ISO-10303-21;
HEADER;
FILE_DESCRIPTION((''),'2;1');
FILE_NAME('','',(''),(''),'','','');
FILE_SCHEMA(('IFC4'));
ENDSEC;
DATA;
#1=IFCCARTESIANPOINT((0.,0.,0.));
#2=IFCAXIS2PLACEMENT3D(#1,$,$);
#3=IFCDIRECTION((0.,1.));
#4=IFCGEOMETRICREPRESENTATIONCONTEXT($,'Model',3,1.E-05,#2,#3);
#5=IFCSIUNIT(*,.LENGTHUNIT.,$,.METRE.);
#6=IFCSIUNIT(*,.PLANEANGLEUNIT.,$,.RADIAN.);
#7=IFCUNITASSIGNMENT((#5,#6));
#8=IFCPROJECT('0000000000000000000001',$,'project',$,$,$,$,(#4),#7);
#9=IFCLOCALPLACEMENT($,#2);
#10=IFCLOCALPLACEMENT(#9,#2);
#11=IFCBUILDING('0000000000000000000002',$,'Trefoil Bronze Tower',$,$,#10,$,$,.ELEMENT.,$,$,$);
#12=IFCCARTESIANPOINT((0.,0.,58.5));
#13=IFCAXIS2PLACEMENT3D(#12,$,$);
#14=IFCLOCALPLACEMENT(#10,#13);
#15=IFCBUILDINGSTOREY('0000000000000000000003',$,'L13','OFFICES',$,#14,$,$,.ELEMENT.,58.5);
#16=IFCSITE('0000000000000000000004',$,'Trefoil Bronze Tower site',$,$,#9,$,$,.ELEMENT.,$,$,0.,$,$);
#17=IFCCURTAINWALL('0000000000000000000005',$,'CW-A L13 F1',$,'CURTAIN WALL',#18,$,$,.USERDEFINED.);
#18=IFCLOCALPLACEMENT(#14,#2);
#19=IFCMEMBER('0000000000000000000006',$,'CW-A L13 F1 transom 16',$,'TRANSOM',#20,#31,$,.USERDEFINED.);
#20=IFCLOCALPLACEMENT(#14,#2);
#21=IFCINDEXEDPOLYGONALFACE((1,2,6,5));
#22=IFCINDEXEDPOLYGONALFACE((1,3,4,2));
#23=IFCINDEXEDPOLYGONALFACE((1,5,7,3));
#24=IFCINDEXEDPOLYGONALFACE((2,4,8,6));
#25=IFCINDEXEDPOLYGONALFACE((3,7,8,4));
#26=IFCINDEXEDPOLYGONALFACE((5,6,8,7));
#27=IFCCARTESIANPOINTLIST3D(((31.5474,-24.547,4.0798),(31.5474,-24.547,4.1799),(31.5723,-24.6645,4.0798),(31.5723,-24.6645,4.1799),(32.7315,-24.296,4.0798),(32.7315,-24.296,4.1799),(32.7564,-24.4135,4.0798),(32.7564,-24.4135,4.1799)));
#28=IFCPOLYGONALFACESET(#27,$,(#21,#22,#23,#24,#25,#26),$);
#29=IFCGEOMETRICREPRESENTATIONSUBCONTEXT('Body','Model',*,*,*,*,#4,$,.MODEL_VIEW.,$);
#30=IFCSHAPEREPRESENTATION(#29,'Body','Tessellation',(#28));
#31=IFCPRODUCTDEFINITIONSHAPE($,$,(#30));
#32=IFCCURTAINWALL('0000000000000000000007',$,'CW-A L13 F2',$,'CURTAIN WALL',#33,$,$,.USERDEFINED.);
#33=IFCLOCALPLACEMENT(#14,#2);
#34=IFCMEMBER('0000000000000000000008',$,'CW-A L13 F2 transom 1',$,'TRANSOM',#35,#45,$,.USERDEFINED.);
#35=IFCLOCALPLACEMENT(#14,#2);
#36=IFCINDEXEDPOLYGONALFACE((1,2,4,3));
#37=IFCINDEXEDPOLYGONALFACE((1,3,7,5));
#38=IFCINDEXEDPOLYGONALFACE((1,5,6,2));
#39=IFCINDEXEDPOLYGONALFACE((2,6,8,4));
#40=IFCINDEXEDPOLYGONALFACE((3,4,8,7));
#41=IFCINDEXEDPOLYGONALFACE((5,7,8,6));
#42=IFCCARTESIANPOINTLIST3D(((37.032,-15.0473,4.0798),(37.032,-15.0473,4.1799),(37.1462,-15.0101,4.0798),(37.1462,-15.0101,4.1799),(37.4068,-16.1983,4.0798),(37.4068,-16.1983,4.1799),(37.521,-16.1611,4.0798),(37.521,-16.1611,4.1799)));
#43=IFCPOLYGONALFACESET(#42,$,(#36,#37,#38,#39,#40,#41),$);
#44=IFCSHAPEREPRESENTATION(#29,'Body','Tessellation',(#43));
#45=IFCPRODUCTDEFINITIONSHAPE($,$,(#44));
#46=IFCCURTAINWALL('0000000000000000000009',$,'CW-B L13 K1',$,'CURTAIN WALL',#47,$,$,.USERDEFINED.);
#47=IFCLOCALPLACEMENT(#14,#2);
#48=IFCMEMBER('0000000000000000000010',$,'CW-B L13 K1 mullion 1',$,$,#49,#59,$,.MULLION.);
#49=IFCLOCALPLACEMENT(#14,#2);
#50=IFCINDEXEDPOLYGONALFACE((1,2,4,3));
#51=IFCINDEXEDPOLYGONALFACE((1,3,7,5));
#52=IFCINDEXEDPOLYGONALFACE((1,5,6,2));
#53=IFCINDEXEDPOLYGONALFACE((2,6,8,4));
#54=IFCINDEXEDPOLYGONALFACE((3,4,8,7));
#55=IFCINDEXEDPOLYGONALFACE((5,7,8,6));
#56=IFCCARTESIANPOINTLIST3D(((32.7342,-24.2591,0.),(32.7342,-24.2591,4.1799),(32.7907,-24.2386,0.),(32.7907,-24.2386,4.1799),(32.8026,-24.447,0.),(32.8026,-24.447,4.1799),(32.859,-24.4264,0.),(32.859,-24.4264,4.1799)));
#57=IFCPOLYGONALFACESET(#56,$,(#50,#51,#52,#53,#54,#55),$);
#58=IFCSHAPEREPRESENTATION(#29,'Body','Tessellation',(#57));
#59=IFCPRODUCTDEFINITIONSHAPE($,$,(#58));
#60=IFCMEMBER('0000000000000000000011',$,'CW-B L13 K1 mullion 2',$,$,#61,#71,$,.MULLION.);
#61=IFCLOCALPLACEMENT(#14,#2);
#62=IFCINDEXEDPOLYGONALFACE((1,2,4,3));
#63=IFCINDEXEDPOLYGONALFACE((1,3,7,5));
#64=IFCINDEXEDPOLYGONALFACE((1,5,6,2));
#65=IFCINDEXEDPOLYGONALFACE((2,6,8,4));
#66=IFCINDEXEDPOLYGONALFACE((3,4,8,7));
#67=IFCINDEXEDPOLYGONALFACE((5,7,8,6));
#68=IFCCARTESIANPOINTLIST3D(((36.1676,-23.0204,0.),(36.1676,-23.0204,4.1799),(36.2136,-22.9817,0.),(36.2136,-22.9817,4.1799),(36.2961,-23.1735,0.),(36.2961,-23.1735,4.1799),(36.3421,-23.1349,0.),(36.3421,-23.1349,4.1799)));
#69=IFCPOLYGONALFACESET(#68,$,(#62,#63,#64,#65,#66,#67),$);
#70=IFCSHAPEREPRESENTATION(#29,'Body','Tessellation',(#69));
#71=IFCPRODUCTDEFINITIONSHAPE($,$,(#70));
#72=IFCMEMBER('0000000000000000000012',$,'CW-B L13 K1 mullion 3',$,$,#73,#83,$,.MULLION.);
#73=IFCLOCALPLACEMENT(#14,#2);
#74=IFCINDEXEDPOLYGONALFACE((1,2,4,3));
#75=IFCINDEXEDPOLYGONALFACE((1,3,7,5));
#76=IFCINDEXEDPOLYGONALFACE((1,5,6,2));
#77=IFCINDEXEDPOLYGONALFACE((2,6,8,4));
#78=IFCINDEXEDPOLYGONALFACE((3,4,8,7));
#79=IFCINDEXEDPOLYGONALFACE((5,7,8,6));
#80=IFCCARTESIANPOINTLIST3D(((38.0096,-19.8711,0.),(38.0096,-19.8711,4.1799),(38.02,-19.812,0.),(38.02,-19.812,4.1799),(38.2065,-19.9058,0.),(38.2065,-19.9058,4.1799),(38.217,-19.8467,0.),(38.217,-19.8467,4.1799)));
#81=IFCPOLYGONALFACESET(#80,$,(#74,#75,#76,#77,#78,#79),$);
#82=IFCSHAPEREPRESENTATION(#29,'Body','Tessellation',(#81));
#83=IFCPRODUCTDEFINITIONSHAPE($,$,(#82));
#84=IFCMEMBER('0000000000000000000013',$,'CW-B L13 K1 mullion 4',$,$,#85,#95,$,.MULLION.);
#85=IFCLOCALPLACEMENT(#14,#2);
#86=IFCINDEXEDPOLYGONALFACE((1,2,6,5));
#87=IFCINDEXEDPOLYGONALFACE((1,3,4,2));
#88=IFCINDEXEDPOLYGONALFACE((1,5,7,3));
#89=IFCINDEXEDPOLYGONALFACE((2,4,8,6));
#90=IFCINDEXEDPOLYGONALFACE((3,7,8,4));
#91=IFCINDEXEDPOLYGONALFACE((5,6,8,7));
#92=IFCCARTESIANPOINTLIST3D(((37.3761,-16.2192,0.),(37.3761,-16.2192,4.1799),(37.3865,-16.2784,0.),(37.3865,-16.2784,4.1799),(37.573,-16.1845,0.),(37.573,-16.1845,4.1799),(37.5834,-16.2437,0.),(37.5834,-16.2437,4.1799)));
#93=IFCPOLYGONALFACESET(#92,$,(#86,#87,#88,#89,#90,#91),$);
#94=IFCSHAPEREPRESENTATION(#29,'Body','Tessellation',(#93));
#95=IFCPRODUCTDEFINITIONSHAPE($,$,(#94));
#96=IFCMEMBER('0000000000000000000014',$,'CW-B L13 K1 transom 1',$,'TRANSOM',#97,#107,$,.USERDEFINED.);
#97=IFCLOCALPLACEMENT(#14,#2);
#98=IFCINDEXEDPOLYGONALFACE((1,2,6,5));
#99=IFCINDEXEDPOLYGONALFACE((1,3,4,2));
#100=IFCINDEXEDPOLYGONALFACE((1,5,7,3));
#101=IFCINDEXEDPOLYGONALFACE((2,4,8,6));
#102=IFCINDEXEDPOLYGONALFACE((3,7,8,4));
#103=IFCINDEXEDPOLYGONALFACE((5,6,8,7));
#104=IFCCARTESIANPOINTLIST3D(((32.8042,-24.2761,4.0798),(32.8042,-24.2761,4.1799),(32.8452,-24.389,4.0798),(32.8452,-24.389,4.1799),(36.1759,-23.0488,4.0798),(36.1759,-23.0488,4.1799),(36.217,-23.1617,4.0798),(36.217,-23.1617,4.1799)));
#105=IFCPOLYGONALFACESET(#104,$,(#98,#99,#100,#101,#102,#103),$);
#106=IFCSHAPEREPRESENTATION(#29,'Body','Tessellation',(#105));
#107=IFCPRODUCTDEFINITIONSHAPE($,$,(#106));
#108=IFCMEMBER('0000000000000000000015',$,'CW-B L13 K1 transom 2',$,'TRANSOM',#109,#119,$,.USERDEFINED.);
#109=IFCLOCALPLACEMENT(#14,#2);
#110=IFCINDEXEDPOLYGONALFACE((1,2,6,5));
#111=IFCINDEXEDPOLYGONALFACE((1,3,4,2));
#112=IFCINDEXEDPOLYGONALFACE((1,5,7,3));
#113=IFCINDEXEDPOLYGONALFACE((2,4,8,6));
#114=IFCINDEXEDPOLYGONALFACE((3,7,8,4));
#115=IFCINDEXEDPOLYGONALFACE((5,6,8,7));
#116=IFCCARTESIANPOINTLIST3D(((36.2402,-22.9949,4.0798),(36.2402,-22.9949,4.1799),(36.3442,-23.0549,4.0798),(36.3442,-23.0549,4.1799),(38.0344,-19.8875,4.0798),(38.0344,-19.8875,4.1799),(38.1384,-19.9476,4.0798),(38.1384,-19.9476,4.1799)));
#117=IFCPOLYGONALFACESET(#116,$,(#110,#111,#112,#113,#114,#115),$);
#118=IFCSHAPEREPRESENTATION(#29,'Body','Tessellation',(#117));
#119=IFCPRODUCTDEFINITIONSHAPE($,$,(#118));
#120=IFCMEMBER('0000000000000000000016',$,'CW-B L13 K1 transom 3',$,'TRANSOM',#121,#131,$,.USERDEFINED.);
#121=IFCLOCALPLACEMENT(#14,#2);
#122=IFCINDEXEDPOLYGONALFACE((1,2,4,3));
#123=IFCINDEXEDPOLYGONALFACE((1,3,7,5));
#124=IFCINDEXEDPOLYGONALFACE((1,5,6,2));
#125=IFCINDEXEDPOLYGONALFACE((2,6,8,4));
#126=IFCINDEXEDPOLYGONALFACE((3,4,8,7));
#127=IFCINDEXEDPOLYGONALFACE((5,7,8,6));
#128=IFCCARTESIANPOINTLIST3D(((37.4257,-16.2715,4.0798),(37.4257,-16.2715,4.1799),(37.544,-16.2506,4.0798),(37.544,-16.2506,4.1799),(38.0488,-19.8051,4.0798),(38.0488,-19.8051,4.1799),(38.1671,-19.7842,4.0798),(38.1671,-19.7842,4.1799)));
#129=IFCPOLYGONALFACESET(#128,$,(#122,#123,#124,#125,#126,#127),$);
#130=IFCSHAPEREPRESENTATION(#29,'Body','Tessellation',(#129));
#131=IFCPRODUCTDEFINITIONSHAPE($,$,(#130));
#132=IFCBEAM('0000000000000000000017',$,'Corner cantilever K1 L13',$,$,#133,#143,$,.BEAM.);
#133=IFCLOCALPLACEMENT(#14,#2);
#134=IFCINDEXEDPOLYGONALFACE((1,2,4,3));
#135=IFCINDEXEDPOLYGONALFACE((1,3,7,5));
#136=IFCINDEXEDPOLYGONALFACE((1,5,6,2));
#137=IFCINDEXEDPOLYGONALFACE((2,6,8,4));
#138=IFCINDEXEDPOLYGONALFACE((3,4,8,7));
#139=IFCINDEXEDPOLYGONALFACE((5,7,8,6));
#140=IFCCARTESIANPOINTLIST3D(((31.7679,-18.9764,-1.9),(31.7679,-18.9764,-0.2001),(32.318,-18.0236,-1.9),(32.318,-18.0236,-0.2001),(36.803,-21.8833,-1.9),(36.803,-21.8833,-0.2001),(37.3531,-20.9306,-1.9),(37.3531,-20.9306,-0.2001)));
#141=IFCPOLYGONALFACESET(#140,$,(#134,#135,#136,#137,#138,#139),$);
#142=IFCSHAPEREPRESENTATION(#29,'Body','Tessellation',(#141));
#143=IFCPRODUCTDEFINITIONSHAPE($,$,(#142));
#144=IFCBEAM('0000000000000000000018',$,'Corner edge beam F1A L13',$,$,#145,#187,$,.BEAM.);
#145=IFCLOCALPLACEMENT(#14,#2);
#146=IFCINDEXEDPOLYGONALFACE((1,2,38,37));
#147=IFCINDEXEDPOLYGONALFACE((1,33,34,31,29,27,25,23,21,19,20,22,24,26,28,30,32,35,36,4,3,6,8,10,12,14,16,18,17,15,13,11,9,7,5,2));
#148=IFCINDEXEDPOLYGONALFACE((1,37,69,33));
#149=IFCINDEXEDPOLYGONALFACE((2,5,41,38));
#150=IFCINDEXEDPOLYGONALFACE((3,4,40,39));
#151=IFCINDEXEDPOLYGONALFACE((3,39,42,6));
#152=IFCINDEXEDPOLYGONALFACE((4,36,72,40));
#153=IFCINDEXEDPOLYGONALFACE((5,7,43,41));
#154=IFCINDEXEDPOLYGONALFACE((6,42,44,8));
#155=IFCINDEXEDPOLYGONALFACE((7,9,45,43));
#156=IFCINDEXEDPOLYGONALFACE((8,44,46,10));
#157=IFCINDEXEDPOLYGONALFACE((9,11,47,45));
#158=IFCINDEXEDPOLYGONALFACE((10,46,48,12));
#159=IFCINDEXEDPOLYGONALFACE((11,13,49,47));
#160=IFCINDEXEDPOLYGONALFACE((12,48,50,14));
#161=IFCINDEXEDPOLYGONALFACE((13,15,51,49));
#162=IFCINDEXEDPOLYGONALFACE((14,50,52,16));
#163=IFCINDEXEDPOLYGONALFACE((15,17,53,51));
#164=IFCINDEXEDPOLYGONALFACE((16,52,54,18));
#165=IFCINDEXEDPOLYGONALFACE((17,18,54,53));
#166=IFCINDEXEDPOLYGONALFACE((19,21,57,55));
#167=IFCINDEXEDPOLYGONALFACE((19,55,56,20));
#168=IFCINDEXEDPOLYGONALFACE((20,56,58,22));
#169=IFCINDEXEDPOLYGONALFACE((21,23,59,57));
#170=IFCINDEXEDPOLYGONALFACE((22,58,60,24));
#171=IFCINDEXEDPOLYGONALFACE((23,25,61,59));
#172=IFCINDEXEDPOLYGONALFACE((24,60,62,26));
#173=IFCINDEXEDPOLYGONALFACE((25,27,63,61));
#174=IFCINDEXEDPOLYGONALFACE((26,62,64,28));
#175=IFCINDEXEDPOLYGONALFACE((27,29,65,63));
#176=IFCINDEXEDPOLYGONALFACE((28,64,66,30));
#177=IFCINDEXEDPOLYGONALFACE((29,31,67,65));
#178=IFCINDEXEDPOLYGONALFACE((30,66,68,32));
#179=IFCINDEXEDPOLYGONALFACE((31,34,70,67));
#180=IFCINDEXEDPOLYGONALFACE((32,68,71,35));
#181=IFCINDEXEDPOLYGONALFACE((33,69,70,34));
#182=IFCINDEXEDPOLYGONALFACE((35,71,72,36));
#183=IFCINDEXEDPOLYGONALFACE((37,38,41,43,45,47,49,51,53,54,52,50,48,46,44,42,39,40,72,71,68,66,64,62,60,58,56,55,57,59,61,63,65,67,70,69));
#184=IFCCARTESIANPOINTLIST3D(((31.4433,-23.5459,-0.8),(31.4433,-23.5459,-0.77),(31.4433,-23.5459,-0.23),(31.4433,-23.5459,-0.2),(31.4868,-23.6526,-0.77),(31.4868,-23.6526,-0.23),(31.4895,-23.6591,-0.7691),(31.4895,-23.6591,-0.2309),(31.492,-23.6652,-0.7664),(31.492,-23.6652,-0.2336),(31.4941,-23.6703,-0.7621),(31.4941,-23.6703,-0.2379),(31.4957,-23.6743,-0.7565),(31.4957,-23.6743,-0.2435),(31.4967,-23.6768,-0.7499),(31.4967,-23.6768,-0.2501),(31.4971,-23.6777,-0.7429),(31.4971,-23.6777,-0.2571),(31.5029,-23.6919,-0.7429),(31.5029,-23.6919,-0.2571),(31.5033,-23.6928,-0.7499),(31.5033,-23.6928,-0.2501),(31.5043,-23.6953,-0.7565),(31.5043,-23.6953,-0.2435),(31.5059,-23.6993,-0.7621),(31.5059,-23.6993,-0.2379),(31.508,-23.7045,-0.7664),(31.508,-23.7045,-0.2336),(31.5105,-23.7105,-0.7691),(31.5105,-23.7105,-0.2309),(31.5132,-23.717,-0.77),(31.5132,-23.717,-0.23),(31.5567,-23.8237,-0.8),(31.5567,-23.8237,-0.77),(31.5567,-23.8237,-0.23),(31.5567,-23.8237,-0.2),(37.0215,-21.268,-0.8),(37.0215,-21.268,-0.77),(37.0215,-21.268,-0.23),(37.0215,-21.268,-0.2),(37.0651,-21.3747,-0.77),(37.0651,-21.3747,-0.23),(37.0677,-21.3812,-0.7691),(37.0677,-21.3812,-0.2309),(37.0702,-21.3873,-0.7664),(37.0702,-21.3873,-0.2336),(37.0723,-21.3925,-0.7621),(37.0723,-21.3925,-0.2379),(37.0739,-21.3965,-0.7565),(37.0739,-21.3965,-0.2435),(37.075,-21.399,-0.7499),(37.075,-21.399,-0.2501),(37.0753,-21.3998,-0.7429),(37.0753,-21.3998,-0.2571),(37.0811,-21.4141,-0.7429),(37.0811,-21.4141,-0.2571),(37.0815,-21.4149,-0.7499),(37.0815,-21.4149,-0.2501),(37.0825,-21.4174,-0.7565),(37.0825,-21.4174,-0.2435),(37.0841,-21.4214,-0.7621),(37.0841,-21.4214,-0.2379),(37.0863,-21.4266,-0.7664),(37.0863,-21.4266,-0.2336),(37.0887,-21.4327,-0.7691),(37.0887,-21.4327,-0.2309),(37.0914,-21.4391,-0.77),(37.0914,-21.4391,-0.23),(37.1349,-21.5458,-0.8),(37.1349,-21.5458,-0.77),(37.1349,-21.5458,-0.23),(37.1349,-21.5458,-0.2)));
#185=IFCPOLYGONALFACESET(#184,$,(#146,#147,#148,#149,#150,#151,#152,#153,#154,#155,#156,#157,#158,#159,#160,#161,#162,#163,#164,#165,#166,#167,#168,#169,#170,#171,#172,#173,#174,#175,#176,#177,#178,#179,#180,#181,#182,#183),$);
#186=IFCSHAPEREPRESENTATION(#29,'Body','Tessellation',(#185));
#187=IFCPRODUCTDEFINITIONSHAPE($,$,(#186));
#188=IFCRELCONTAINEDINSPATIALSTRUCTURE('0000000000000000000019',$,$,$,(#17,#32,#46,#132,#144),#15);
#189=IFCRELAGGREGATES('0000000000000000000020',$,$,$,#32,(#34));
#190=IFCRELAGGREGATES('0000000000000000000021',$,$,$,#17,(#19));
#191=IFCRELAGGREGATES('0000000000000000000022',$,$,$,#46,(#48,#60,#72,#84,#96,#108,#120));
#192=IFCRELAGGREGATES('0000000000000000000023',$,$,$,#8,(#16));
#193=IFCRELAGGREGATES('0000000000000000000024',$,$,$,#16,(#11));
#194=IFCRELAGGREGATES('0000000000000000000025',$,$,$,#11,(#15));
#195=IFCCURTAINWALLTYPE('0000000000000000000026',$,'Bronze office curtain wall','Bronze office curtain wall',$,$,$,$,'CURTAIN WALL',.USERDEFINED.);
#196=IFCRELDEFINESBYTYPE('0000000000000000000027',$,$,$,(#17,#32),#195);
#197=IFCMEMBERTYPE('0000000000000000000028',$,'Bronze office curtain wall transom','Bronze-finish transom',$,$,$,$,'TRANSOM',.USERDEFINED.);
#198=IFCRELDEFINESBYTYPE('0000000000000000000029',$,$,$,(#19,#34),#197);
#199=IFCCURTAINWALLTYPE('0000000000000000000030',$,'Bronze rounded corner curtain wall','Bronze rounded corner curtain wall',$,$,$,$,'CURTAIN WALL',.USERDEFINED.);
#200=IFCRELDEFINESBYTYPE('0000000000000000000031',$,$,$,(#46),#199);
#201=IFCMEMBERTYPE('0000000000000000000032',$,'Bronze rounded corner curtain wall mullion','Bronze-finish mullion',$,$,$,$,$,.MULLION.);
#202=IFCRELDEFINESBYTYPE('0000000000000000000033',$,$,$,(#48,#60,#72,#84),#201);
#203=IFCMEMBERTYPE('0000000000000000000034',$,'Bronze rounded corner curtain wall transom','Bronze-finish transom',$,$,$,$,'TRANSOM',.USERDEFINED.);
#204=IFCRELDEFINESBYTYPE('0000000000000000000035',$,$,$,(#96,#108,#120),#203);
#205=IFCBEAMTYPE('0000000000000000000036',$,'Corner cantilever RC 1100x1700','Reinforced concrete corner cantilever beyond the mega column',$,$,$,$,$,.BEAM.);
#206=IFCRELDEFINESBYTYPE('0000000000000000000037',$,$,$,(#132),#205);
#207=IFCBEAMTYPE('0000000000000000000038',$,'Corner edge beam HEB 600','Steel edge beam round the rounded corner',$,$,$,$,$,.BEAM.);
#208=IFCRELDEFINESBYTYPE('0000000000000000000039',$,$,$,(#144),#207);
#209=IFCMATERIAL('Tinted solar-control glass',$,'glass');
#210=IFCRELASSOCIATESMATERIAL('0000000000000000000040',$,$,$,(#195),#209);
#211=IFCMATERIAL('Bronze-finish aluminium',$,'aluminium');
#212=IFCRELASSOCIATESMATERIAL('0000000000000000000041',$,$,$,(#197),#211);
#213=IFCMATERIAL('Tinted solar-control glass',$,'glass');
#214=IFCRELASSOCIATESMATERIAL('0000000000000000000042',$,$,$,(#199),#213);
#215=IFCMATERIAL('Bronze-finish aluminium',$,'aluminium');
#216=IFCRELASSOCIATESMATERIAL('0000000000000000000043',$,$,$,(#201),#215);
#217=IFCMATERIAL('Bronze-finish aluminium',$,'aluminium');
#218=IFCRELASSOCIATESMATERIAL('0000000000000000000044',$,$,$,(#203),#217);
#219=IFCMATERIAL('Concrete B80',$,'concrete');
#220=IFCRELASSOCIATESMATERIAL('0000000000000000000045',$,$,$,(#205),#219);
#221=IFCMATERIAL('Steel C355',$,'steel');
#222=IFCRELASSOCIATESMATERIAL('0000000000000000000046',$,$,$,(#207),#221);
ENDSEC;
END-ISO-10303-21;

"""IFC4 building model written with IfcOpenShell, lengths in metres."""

from ifc_helpers import new_model, si_unit, direction, frame, origin, origin_2d, place, context, subcontext, project, spatial, rectangle, i_section, extrude, material, material_profile, profile_set, type_object, element, aggregate, save


model = new_model("IFC4")

# Units and contexts
model_context = context("Model", 3, precision=1e-05, world=origin(), true_north=direction((0.0, 1.0)))
body_context = subcontext(model_context, "Body", "Model", "MODEL_VIEW")
ifc_project = project(units=[si_unit("LENGTHUNIT", "METRE"), si_unit("PLANEANGLEUNIT", "RADIAN")], contexts=[model_context])

# Site, building, storey
site_placement = place(None, origin())
site = spatial("IfcSite", under=ifc_project, at=site_placement, Name="Trefoil Bronze Tower site", CompositionType="ELEMENT", RefElevation=0.0)
building_placement = place(site_placement, origin())
building = spatial("IfcBuilding", under=site, at=building_placement, Name="Trefoil Bronze Tower", CompositionType="ELEMENT")
storey_placement = place(building_placement, frame((0.0, 0.0, 58.5)))
storey = spatial("IfcBuildingStorey", under=building, at=storey_placement, Name="L13", Description="OFFICES", CompositionType="ELEMENT", Elevation=58.5)

# Curtain wall, member
ifc_material_1 = material(Name="Tinted solar-control glass", Category="glass")
curtain_wall_type_1 = type_object("IfcCurtainWallType", Name="Bronze office curtain wall", Description="Bronze office curtain wall", ElementType="CURTAIN WALL", PredefinedType="USERDEFINED", material=ifc_material_1)
curtain_wall_1_placement = place(storey_placement, origin())
curtain_wall_1 = element("IfcCurtainWall", 1, at=curtain_wall_1_placement, inside=storey, type_object=curtain_wall_type_1, Name="CW-A L13 F1", ObjectType="CURTAIN WALL", PredefinedType="USERDEFINED")
ifc_material_2 = material(Name="Bronze-finish aluminium", Category="aluminium")
ifc_material_profile_1 = material_profile(ifc_material_2, rectangle(XDim=0.1201, YDim=0.1001, at=origin_2d()), Name="CW-A transom")
ifc_profile_set_1 = profile_set([ifc_material_profile_1], Name="Bronze-finish aluminium")
member_type_1 = type_object("IfcMemberType", Name="Bronze office curtain wall transom", Description="Bronze-finish transom", ElementType="TRANSOM", PredefinedType="USERDEFINED", material=ifc_profile_set_1)
member_1_placement = place(storey_placement, frame((31.5598, -24.6057, 4.1299), z_axis=(0.978266, 0.207352, 0.0), x_axis=(-0.207352, 0.978266, 0.0)))
member_1 = element("IfcMember", 2, at=member_1_placement, type_object=member_type_1, Name="CW-A L13 F1 transom 16", ObjectType="TRANSOM", PredefinedType="USERDEFINED", context=body_context, shape_type="SweptSolid", body=[
    extrude(rectangle(XDim=0.1201, YDim=0.1001, at=origin_2d()), origin(), (0.0, 0.0, 1.0), 1.2104),
])

# Curtain wall, member
curtain_wall_2_placement = place(storey_placement, origin())
curtain_wall_2 = element("IfcCurtainWall", 3, at=curtain_wall_2_placement, inside=storey, type_object=curtain_wall_type_1, Name="CW-A L13 F2", ObjectType="CURTAIN WALL", PredefinedType="USERDEFINED")
member_2_placement = place(storey_placement, frame((37.4639, -16.1797, 4.1299), z_axis=(-0.309624, 0.950859, 0.0), x_axis=(-0.950859, -0.309624, 0.0)))
member_2 = element("IfcMember", 4, at=member_2_placement, type_object=member_type_1, Name="CW-A L13 F2 transom 1", ObjectType="TRANSOM", PredefinedType="USERDEFINED", context=body_context, shape_type="SweptSolid", body=[
    extrude(rectangle(XDim=0.1201, YDim=0.1001, at=origin_2d()), origin(), (0.0, 0.0, 1.0), 1.2104),
])
aggregate(curtain_wall_2, [member_2])

# Curtain wall, members
ifc_material_3 = material(Name="Tinted solar-control glass", Category="glass")
curtain_wall_type_2 = type_object("IfcCurtainWallType", Name="Bronze rounded corner curtain wall", Description="Bronze rounded corner curtain wall", ElementType="CURTAIN WALL", PredefinedType="USERDEFINED", material=ifc_material_3)
curtain_wall_3_placement = place(storey_placement, origin())
curtain_wall_3 = element("IfcCurtainWall", 5, at=curtain_wall_3_placement, inside=storey, type_object=curtain_wall_type_2, Name="CW-B L13 K1", ObjectType="CURTAIN WALL", PredefinedType="USERDEFINED")
ifc_material_4 = material(Name="Bronze-finish aluminium", Category="aluminium")
ifc_material_profile_2 = material_profile(ifc_material_4, rectangle(XDim=0.2, YDim=0.0601, at=origin_2d()), Name="CW-B mullion")
ifc_profile_set_2 = profile_set([ifc_material_profile_2], Name="Bronze-finish aluminium")
member_type_2 = type_object("IfcMemberType", Name="Bronze rounded corner curtain wall mullion", Description="Bronze-finish mullion", PredefinedType="MULLION", material=ifc_profile_set_2)
member_3_placement = place(storey_placement, frame((32.7966, -24.3428, 0.0), z_axis=(0.0, 0.0, 1.0), x_axis=(-0.34202, 0.939693, 0.0)))
member_3 = element("IfcMember", 6, at=member_3_placement, type_object=member_type_2, Name="CW-B L13 K1 mullion 1", PredefinedType="MULLION", context=body_context, shape_type="SweptSolid", body=[
    extrude(rectangle(XDim=0.2, YDim=0.0601, at=origin_2d()), origin(), (0.0, 0.0, 1.0), 4.1799),
])
member_4_placement = place(storey_placement, frame((36.2549, -23.0776, 0.0), z_axis=(0.0, 0.0, 1.0), x_axis=(-0.642788, 0.766044, 0.0)))
member_4 = element("IfcMember", 7, at=member_4_placement, type_object=member_type_2, Name="CW-B L13 K1 mullion 2", PredefinedType="MULLION", context=body_context, shape_type="SweptSolid", body=[
    extrude(rectangle(XDim=0.2, YDim=0.0601, at=origin_2d()), origin(), (0.0, 0.0, 1.0), 4.1799),
])
member_5_placement = place(storey_placement, frame((38.1133, -19.8589, 0.0), z_axis=(0.0, 0.0, 1.0), x_axis=(-0.984808, 0.173648, 0.0)))
member_5 = element("IfcMember", 8, at=member_5_placement, type_object=member_type_2, Name="CW-B L13 K1 mullion 3", PredefinedType="MULLION", context=body_context, shape_type="SweptSolid", body=[
    extrude(rectangle(XDim=0.2, YDim=0.0601, at=origin_2d()), origin(), (0.0, 0.0, 1.0), 4.1799),
])
member_6_placement = place(storey_placement, frame((37.4797, -16.2314, 0.0), z_axis=(0.0, 0.0, 1.0), x_axis=(-0.984808, -0.173648, 0.0)))
member_6 = element("IfcMember", 9, at=member_6_placement, type_object=member_type_2, Name="CW-B L13 K1 mullion 4", PredefinedType="MULLION", context=body_context, shape_type="SweptSolid", body=[
    extrude(rectangle(XDim=0.2, YDim=0.0601, at=origin_2d()), origin(), (0.0, 0.0, 1.0), 4.1799),
])
ifc_material_5 = material(Name="Bronze-finish aluminium", Category="aluminium")
ifc_material_profile_3 = material_profile(ifc_material_5, rectangle(XDim=0.1201, YDim=0.1001, at=origin_2d()), Name="CW-B transom")
ifc_profile_set_3 = profile_set([ifc_material_profile_3], Name="Bronze-finish aluminium")
member_type_3 = type_object("IfcMemberType", Name="Bronze rounded corner curtain wall transom", Description="Bronze-finish transom", ElementType="TRANSOM", PredefinedType="USERDEFINED", material=ifc_profile_set_3)
member_7_placement = place(storey_placement, frame((32.8247, -24.3325, 4.1299), z_axis=(0.939688, 0.342033, 0.0), x_axis=(-0.342033, 0.939688, 0.0)))
member_7 = element("IfcMember", 10, at=member_7_placement, type_object=member_type_3, Name="CW-B L13 K1 transom 1", ObjectType="TRANSOM", PredefinedType="USERDEFINED", context=body_context, shape_type="SweptSolid", body=[
    extrude(rectangle(XDim=0.1201, YDim=0.1001, at=origin_2d()), origin(), (0.0, 0.0, 1.0), 3.5881),
])
member_8_placement = place(storey_placement, frame((36.2922, -23.0249, 4.1299), z_axis=(0.500025, 0.866011, 0.0), x_axis=(-0.866011, 0.500025, 0.0)))
member_8 = element("IfcMember", 11, at=member_8_placement, type_object=member_type_3, Name="CW-B L13 K1 transom 2", ObjectType="TRANSOM", PredefinedType="USERDEFINED", context=body_context, shape_type="SweptSolid", body=[
    extrude(rectangle(XDim=0.1201, YDim=0.1001, at=origin_2d()), origin(), (0.0, 0.0, 1.0), 3.5881),
])
member_9_placement = place(storey_placement, frame((38.1079, -19.7947, 4.1299), z_axis=(-0.173638, 0.98481, 0.0), x_axis=(-0.98481, -0.173638, 0.0)))
member_9 = element("IfcMember", 12, at=member_9_placement, type_object=member_type_3, Name="CW-B L13 K1 transom 3", ObjectType="TRANSOM", PredefinedType="USERDEFINED", context=body_context, shape_type="SweptSolid", body=[
    extrude(rectangle(XDim=0.1201, YDim=0.1001, at=origin_2d()), origin(), (0.0, 0.0, 1.0), 3.5881),
])

# Beams
ifc_material_6 = material(Name="Concrete B80", Category="concrete")
ifc_material_profile_4 = material_profile(ifc_material_6, rectangle(XDim=1.1001, YDim=1.7, at=origin_2d()), Name="RC 1100x1700")
ifc_profile_set_4 = profile_set([ifc_material_profile_4], Name="Concrete B80")
beam_type_1 = type_object("IfcBeamType", Name="Corner cantilever RC 1100x1700", Description="Reinforced concrete corner cantilever beyond the mega column", PredefinedType="BEAM", material=ifc_profile_set_4)
beam_1_placement = place(storey_placement, frame((32.043, -18.5, -1.05), z_axis=(0.86603, -0.499991, 0.0), x_axis=(0.499991, 0.86603, 0.0)))
element("IfcBeam", 13, at=beam_1_placement, inside=storey, type_object=beam_type_1, Name="Corner cantilever K1 L13", PredefinedType="BEAM", context=body_context, shape_type="SweptSolid", body=[
    extrude(rectangle(XDim=1.1001, YDim=1.7, at=origin_2d()), origin(), (0.0, 0.0, 1.0), 5.814),
])
ifc_material_7 = material(Name="Steel C355", Category="steel")
ifc_material_profile_5 = material_profile(ifc_material_7, i_section(OverallWidth=0.3, OverallDepth=0.6001, WebThickness=0.0154, FlangeThickness=0.03, FilletRadius=0.0271, at=origin_2d()), Name="HEB 600")
ifc_profile_set_5 = profile_set([ifc_material_profile_5], Name="Steel C355")
beam_type_2 = type_object("IfcBeamType", Name="Corner edge beam HEB 600", Description="Steel edge beam round the rounded corner", PredefinedType="BEAM", material=ifc_profile_set_5)
beam_2_placement = place(storey_placement, frame((31.5, -23.6848, -0.5), z_axis=(0.925787, 0.378046, 0.0), x_axis=(-0.378046, 0.925787, 0.0)))
element("IfcBeam", 14, at=beam_2_placement, inside=storey, type_object=beam_type_2, Name="Corner edge beam F1A L13", PredefinedType="BEAM", context=body_context, shape_type="SweptSolid", body=[
    extrude(i_section(OverallWidth=0.3, OverallDepth=0.6001, WebThickness=0.0154, FlangeThickness=0.03, FilletRadius=0.0271, at=origin_2d()), origin(), (0.0, 0.0, 1.0), 6.0254),
])

aggregate(curtain_wall_1, [member_1])
aggregate(curtain_wall_3, [member_3, member_4, member_5, member_6, member_7, member_8, member_9])

save(model, "model.ifc")
